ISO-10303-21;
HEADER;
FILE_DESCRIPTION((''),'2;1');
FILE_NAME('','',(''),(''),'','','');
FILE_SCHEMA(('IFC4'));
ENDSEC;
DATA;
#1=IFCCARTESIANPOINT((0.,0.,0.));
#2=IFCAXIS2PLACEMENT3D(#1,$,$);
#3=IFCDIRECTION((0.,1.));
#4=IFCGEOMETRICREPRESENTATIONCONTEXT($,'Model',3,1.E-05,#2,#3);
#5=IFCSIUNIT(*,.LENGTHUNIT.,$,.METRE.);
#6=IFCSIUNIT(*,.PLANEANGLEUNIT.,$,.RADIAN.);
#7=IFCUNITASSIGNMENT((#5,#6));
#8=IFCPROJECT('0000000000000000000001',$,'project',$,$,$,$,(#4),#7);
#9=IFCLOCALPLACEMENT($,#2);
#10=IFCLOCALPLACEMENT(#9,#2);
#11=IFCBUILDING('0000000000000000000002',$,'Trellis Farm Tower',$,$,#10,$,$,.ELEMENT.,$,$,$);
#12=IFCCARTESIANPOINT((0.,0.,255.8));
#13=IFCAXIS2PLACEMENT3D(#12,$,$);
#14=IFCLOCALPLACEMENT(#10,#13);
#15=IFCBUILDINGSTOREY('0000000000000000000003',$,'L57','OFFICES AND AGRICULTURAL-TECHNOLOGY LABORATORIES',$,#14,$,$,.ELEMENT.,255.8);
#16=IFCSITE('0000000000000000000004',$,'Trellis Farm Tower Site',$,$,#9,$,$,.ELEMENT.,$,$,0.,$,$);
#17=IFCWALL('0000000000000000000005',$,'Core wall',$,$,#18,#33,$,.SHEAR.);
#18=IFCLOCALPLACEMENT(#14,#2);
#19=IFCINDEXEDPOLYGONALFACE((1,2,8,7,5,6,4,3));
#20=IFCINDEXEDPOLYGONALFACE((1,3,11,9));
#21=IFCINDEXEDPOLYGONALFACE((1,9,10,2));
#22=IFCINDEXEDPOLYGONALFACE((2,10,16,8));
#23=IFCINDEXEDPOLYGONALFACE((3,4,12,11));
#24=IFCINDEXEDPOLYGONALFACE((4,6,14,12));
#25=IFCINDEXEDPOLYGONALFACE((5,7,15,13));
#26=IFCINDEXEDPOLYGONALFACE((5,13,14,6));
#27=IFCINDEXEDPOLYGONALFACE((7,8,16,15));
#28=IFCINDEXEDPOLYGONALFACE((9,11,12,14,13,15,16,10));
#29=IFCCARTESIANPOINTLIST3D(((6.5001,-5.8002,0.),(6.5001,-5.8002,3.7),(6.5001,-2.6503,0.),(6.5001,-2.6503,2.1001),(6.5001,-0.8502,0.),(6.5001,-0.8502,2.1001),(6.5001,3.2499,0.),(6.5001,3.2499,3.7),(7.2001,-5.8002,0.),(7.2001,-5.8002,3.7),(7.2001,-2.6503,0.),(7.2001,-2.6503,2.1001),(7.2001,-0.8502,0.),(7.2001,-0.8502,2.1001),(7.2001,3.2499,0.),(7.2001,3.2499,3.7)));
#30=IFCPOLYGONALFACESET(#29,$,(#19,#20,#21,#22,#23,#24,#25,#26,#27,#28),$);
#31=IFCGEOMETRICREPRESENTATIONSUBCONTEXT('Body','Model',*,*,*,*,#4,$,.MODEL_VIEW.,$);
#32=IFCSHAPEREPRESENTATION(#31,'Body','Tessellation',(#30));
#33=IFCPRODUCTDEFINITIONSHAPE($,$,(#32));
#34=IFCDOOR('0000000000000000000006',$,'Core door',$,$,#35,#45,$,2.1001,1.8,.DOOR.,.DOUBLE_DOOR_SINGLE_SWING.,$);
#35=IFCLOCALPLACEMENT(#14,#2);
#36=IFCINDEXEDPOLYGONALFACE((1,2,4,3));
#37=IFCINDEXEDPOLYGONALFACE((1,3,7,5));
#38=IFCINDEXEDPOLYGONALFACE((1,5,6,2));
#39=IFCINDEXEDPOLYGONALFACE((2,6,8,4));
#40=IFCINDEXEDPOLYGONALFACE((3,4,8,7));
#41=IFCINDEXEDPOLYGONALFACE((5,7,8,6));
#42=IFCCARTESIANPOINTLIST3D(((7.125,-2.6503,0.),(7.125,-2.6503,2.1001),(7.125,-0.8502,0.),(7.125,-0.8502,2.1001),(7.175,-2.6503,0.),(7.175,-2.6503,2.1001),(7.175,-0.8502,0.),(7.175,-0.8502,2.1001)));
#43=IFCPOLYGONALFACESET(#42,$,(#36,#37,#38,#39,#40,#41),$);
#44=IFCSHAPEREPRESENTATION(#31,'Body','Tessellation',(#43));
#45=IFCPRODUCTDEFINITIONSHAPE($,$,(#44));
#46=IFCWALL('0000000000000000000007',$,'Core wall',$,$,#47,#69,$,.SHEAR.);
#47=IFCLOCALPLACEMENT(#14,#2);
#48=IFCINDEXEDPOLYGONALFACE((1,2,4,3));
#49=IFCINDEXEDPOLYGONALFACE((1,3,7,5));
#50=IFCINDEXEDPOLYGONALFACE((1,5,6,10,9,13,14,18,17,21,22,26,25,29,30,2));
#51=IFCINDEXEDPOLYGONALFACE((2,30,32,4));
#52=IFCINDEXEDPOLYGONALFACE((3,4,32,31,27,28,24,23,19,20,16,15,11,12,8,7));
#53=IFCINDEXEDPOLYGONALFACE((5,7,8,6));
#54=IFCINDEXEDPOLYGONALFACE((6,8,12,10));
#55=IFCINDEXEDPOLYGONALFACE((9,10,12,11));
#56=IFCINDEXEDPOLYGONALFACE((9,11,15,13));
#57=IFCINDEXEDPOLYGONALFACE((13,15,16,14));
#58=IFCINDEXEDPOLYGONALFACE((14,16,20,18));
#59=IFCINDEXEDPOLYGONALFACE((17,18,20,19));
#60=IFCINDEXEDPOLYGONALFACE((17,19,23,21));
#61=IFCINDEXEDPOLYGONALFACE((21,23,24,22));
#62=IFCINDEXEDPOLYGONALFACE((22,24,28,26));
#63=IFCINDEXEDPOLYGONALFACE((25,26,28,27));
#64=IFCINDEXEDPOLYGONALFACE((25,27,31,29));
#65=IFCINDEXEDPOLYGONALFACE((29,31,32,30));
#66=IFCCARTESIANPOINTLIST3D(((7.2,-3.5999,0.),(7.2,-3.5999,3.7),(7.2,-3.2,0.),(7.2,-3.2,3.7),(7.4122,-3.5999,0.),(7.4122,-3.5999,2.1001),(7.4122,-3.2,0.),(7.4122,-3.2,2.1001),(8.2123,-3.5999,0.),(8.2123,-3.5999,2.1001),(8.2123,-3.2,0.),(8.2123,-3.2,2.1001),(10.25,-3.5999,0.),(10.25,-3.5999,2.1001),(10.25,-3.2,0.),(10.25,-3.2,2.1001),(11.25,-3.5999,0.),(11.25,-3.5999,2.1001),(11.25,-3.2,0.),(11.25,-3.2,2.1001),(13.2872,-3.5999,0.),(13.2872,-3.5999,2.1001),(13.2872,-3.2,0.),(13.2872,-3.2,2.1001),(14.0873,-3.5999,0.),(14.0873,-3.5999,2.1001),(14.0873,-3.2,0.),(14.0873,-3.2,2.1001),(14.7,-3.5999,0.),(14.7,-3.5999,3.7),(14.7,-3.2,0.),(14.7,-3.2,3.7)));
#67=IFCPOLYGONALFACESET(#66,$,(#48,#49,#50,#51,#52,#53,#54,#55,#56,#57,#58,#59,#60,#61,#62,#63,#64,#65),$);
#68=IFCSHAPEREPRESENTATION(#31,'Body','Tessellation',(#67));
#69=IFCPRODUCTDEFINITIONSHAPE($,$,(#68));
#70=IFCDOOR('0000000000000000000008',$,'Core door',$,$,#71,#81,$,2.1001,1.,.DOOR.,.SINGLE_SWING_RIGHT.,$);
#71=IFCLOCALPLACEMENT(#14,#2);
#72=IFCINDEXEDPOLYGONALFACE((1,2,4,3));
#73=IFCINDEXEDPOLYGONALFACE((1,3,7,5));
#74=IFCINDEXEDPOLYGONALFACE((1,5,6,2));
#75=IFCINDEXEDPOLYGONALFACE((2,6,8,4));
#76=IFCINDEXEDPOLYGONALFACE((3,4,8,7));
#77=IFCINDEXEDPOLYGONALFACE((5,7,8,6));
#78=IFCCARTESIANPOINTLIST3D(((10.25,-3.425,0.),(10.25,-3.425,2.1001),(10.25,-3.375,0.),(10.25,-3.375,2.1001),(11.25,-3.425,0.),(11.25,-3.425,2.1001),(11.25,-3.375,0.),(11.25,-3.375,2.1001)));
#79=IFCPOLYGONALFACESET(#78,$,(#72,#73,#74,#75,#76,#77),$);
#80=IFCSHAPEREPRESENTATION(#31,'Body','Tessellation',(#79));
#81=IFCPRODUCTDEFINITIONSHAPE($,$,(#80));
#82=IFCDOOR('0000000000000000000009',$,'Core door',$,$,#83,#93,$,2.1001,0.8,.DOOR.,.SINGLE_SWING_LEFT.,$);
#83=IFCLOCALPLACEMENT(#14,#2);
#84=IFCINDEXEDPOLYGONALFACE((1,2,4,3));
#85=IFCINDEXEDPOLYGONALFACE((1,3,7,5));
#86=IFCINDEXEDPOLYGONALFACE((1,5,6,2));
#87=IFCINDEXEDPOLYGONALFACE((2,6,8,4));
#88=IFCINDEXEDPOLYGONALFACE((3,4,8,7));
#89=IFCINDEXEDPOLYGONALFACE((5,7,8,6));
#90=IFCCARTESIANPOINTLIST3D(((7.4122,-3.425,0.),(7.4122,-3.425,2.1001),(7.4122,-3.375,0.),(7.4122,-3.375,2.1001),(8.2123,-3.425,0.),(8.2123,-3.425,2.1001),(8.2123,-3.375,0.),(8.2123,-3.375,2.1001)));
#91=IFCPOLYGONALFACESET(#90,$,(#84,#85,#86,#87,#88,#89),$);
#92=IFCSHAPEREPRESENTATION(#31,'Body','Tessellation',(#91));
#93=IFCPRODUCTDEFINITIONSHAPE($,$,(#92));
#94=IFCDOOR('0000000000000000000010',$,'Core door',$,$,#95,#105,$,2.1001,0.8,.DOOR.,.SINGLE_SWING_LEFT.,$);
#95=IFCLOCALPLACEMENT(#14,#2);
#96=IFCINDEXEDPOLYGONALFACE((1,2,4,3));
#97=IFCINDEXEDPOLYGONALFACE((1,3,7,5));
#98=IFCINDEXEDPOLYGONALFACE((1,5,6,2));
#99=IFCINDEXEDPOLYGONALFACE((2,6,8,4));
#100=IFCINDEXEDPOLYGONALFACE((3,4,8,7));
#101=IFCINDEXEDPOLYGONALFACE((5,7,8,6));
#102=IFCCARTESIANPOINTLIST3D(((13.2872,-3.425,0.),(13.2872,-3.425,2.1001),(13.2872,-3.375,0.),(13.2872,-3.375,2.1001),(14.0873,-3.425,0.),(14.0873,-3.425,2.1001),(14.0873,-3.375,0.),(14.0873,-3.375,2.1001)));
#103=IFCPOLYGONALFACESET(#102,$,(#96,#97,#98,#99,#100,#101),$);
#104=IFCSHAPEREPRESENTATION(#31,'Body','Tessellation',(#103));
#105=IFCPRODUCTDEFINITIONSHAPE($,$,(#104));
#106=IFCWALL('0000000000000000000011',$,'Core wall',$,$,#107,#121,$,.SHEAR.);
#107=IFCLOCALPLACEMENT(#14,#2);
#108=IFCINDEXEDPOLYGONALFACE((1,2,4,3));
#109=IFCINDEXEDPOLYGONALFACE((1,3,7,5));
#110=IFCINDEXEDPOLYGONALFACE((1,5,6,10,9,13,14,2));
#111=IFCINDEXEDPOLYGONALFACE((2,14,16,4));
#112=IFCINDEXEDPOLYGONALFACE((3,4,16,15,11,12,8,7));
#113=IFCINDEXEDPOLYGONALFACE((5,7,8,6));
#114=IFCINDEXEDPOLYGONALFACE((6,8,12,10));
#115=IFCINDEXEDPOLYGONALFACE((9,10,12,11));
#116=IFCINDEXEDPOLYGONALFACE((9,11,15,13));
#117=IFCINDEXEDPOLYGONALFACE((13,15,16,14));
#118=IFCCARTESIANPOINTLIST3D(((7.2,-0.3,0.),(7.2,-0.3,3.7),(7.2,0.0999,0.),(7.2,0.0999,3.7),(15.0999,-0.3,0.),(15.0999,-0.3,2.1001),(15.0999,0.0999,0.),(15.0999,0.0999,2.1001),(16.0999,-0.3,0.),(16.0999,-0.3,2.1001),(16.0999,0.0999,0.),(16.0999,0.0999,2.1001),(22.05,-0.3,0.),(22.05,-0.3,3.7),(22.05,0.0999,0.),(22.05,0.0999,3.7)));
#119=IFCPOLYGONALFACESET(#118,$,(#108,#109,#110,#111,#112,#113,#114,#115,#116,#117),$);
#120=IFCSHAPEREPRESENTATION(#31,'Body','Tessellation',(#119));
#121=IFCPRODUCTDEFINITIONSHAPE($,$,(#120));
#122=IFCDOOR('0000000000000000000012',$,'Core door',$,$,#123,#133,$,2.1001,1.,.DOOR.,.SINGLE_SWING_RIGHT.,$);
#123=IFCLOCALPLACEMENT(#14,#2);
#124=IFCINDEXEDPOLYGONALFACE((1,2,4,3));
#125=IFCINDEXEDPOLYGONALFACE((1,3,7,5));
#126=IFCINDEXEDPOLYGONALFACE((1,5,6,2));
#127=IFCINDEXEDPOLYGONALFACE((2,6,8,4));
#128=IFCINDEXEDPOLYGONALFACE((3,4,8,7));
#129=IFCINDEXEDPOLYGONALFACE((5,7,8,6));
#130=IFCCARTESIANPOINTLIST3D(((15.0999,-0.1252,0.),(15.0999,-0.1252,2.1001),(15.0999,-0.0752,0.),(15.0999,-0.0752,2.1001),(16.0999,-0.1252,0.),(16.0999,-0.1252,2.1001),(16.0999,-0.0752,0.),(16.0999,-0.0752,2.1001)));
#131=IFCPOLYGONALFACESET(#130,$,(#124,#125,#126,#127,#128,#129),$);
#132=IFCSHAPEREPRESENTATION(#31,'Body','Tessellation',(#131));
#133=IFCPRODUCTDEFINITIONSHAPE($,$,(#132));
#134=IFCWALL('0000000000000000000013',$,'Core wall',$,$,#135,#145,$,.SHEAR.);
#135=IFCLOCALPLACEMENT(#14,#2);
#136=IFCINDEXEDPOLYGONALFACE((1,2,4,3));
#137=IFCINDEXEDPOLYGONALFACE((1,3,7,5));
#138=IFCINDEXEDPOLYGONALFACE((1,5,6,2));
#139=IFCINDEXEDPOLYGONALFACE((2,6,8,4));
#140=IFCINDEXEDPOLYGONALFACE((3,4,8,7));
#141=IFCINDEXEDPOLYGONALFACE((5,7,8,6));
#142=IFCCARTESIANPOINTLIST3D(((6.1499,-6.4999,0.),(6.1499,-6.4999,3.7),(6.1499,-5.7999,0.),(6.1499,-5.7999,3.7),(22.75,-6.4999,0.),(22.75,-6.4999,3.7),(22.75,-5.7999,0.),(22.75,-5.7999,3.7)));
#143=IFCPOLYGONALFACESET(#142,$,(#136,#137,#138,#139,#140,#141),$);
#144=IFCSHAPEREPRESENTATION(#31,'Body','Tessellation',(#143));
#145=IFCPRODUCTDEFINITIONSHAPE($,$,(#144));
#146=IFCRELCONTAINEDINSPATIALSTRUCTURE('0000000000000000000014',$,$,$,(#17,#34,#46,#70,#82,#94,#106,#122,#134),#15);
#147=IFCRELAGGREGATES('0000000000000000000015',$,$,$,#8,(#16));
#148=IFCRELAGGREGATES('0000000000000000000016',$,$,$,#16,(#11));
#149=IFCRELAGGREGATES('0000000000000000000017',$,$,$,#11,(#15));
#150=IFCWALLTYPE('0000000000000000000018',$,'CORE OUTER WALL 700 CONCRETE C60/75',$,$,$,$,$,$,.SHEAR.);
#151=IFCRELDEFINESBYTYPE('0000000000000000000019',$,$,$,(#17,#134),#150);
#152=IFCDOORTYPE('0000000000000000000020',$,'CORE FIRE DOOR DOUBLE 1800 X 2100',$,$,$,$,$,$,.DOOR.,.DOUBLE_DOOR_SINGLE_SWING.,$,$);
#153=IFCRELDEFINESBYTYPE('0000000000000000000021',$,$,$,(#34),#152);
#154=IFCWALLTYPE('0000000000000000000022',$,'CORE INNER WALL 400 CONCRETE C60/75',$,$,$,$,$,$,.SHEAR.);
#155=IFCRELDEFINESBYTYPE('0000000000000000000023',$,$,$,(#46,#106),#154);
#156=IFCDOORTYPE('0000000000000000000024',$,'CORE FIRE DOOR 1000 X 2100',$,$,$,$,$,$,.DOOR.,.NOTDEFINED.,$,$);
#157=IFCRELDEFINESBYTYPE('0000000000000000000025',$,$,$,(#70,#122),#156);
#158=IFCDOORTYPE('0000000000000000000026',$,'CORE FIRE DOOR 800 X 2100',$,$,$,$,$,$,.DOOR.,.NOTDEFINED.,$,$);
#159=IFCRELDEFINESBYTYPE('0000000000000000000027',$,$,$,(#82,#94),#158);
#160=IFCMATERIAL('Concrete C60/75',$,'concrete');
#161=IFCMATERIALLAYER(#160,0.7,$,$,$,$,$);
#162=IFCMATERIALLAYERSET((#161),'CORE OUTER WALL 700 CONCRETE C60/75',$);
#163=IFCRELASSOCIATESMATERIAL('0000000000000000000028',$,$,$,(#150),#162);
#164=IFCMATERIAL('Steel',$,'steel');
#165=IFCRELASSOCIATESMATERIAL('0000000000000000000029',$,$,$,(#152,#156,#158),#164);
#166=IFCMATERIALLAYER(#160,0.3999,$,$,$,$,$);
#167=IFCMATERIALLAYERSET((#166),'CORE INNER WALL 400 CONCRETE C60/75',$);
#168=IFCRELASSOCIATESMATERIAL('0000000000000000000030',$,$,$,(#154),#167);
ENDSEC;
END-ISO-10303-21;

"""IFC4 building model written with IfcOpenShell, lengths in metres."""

from ifc_helpers import new_model, si_unit, direction, frame, frame_2d, origin, place, context, subcontext, project, spatial, rectangle, extrude, source, transform, mapped, material, layer, layer_set, type_object, element, fill, save


model = new_model("IFC4")

# Units and contexts
model_context = context("Model", 3, precision=1e-05, world=origin(), true_north=direction((0.0, 1.0)))
body_context = subcontext(model_context, "Body", "Model", "MODEL_VIEW")
ifc_project = project(units=[si_unit("LENGTHUNIT", "METRE"), si_unit("PLANEANGLEUNIT", "RADIAN")], contexts=[model_context])

# Site, building, storey
site_placement = place(None, origin())
site = spatial("IfcSite", under=ifc_project, at=site_placement, Name="Trellis Farm Tower Site", CompositionType="ELEMENT", RefElevation=0.0)
building_placement = place(site_placement, origin())
building = spatial("IfcBuilding", under=site, at=building_placement, Name="Trellis Farm Tower", CompositionType="ELEMENT")
storey_placement = place(building_placement, frame((0.0, 0.0, 255.8)))
storey = spatial("IfcBuildingStorey", under=building, at=storey_placement, Name="L57", Description="OFFICES AND AGRICULTURAL-TECHNOLOGY LABORATORIES", CompositionType="ELEMENT", Elevation=255.8)

# Shared definitions
ifc_material_1 = material(Name="Concrete C60/75", Category="concrete")

# Wall, opening, door
ifc_layer_1 = layer(ifc_material_1, 0.7)
ifc_layer_set_1 = layer_set([ifc_layer_1], Name="CORE OUTER WALL 700 CONCRETE C60/75")
wall_type_1 = type_object("IfcWallType", Name="CORE OUTER WALL 700 CONCRETE C60/75", PredefinedType="SHEAR", material=ifc_layer_set_1)
shared_shape_1 = source(origin(), body_context, "Body", "SweptSolid", [
    extrude(rectangle(XDim=9.05, YDim=0.7, at=frame_2d((4.5249, 0.0))), origin(), (0.0, 0.0, 1.0), 3.7),
])
wall_1_placement = place(storey_placement, frame((6.8501, -5.8, 0.0), z_axis=(0.0, 0.0, 1.0), x_axis=(0.0, 1.0, 0.0)))
wall_1 = element("IfcWall", 1, at=wall_1_placement, inside=storey, type_object=wall_type_1, Name="Core wall", PredefinedType="SHEAR", context=body_context, shape_type="MappedRepresentation", body=[
    mapped(shared_shape_1, transform((0.0, 0.0, 0.0))),
])
shared_shape_2 = source(origin(), body_context, "Body", "SweptSolid", [
    extrude(rectangle(XDim=1.8, YDim=2.1001, at=frame_2d((0.8999, 1.05))), frame((0.0, 0.3601, 0.0), z_axis=(0.0, -1.0, 0.0), x_axis=(1.0, 0.0, 0.0)), (0.0, 0.0, 1.0), 0.7202),
])
opening_1_placement = place(wall_1_placement, frame((3.1499, 0.0, 0.0)))
opening_1 = element("IfcOpeningElement", 2, at=opening_1_placement, cuts=wall_1, PredefinedType="OPENING", context=body_context, shape_type="MappedRepresentation", body=[
    mapped(shared_shape_2, transform((0.0, 0.0, 0.0))),
])
ifc_material_2 = material(Name="Steel", Category="steel")
door_type_1 = type_object("IfcDoorType", Name="CORE FIRE DOOR DOUBLE 1800 X 2100", OperationType="DOUBLE_DOOR_SINGLE_SWING", PredefinedType="DOOR", material=ifc_material_2)
shared_shape_3 = source(origin(), body_context, "Body", "SweptSolid", [
    extrude(rectangle(XDim=1.8, YDim=2.1001, at=frame_2d((0.8999, 1.05))), frame((0.0, -0.2749, 0.0), z_axis=(0.0, -1.0, 0.0), x_axis=(1.0, 0.0, 0.0)), (0.0, 0.0, 1.0), 0.05),
])
door_1_placement = place(opening_1_placement, origin())
door_1 = element("IfcDoor", 3, at=door_1_placement, inside=storey, type_object=door_type_1, Name="Core door", OperationType="DOUBLE_DOOR_SINGLE_SWING", OverallHeight=2.1001, OverallWidth=1.8, PredefinedType="DOOR", context=body_context, shape_type="MappedRepresentation", body=[
    mapped(shared_shape_3, transform((0.0, 0.0, 0.0))),
])
fill(opening_1, door_1)

# Wall, openings, doors
ifc_layer_2 = layer(ifc_material_1, 0.3999)
ifc_layer_set_2 = layer_set([ifc_layer_2], Name="CORE INNER WALL 400 CONCRETE C60/75")
wall_type_2 = type_object("IfcWallType", Name="CORE INNER WALL 400 CONCRETE C60/75", PredefinedType="SHEAR", material=ifc_layer_set_2)
shared_shape_4 = source(origin(), body_context, "Body", "SweptSolid", [
    extrude(rectangle(XDim=7.5, YDim=0.3999, at=frame_2d((3.75, 0.0))), origin(), (0.0, 0.0, 1.0), 3.7),
])
wall_2_placement = place(storey_placement, frame((7.2, -3.3999, 0.0), z_axis=(0.0, 0.0, 1.0), x_axis=(1.0, 0.0, 0.0)))
wall_2 = element("IfcWall", 4, at=wall_2_placement, inside=storey, type_object=wall_type_2, Name="Core wall", PredefinedType="SHEAR", context=body_context, shape_type="MappedRepresentation", body=[
    mapped(shared_shape_4, transform((0.0, 0.0, 0.0))),
])
shared_shape_5 = source(origin(), body_context, "Body", "SweptSolid", [
    extrude(rectangle(XDim=0.8, YDim=2.1001, at=frame_2d((0.3999, 1.05))), frame((0.0, 0.21, 0.0), z_axis=(0.0, -1.0, 0.0), x_axis=(1.0, 0.0, 0.0)), (0.0, 0.0, 1.0), 0.4199),
])
opening_2_placement = place(wall_2_placement, frame((0.2124, 0.0, 0.0)))
opening_2 = element("IfcOpeningElement", 5, at=opening_2_placement, cuts=wall_2, PredefinedType="OPENING", context=body_context, shape_type="MappedRepresentation", body=[
    mapped(shared_shape_5, transform((0.0, 0.0, 0.0))),
])
shared_shape_6 = source(origin(), body_context, "Body", "SweptSolid", [
    extrude(rectangle(XDim=1.0, YDim=2.1001, at=frame_2d((0.5, 1.05))), frame((0.0, 0.21, 0.0), z_axis=(0.0, -1.0, 0.0), x_axis=(1.0, 0.0, 0.0)), (0.0, 0.0, 1.0), 0.4199),
])
opening_3_placement = place(wall_2_placement, frame((3.05, 0.0, 0.0)))
opening_3 = element("IfcOpeningElement", 6, at=opening_3_placement, cuts=wall_2, PredefinedType="OPENING", context=body_context, shape_type="MappedRepresentation", body=[
    mapped(shared_shape_6, transform((0.0, 0.0, 0.0))),
])
opening_4_placement = place(wall_2_placement, frame((6.0874, 0.0, 0.0)))
opening_4 = element("IfcOpeningElement", 7, at=opening_4_placement, cuts=wall_2, PredefinedType="OPENING", context=body_context, shape_type="MappedRepresentation", body=[
    mapped(shared_shape_5, transform((0.0, 0.0, 0.0))),
])
door_type_2 = type_object("IfcDoorType", Name="CORE FIRE DOOR 1000 X 2100", OperationType="NOTDEFINED", PredefinedType="DOOR", material=ifc_material_2)
shared_shape_7 = source(origin(), body_context, "Body", "SweptSolid", [
    extrude(rectangle(XDim=1.0, YDim=2.1001, at=frame_2d((0.5, 1.05))), frame((0.0, 0.0249, 0.0), z_axis=(0.0, -1.0, 0.0), x_axis=(1.0, 0.0, 0.0)), (0.0, 0.0, 1.0), 0.05),
])
door_2_placement = place(opening_3_placement, origin())
door_2 = element("IfcDoor", 8, at=door_2_placement, inside=storey, type_object=door_type_2, Name="Core door", OperationType="SINGLE_SWING_RIGHT", OverallHeight=2.1001, OverallWidth=1.0, PredefinedType="DOOR", context=body_context, shape_type="MappedRepresentation", body=[
    mapped(shared_shape_7, transform((0.0, 0.0, 0.0))),
])
fill(opening_3, door_2)
door_type_3 = type_object("IfcDoorType", Name="CORE FIRE DOOR 800 X 2100", OperationType="NOTDEFINED", PredefinedType="DOOR", material=ifc_material_2)
shared_shape_8 = source(origin(), body_context, "Body", "SweptSolid", [
    extrude(rectangle(XDim=0.8, YDim=2.1001, at=frame_2d((0.3999, 1.05))), frame((0.0, 0.0249, 0.0), z_axis=(0.0, -1.0, 0.0), x_axis=(1.0, 0.0, 0.0)), (0.0, 0.0, 1.0), 0.05),
])
door_3_placement = place(opening_2_placement, origin())
door_3 = element("IfcDoor", 9, at=door_3_placement, inside=storey, type_object=door_type_3, Name="Core door", OperationType="SINGLE_SWING_LEFT", OverallHeight=2.1001, OverallWidth=0.8, PredefinedType="DOOR", context=body_context, shape_type="MappedRepresentation", body=[
    mapped(shared_shape_8, transform((0.0, 0.0, 0.0))),
])
fill(opening_2, door_3)
door_4_placement = place(opening_4_placement, origin())
door_4 = element("IfcDoor", 10, at=door_4_placement, inside=storey, type_object=door_type_3, Name="Core door", OperationType="SINGLE_SWING_LEFT", OverallHeight=2.1001, OverallWidth=0.8, PredefinedType="DOOR", context=body_context, shape_type="MappedRepresentation", body=[
    mapped(shared_shape_8, transform((0.0, 0.0, 0.0))),
])
fill(opening_4, door_4)

# Wall, opening, door
shared_shape_9 = source(origin(), body_context, "Body", "SweptSolid", [
    extrude(rectangle(XDim=14.8501, YDim=0.3999, at=frame_2d((7.425, 0.0))), origin(), (0.0, 0.0, 1.0), 3.7),
])
wall_3_placement = place(storey_placement, frame((7.2, -0.1001, 0.0), z_axis=(0.0, 0.0, 1.0), x_axis=(1.0, 0.0, 0.0)))
wall_3 = element("IfcWall", 11, at=wall_3_placement, inside=storey, type_object=wall_type_2, Name="Core wall", PredefinedType="SHEAR", context=body_context, shape_type="MappedRepresentation", body=[
    mapped(shared_shape_9, transform((0.0, 0.0, 0.0))),
])
opening_5_placement = place(wall_3_placement, frame((7.8999, 0.0, 0.0)))
opening_5 = element("IfcOpeningElement", 12, at=opening_5_placement, cuts=wall_3, PredefinedType="OPENING", context=body_context, shape_type="MappedRepresentation", body=[
    mapped(shared_shape_6, transform((0.0, 0.0, 0.0))),
])
door_5_placement = place(opening_5_placement, origin())
door_5 = element("IfcDoor", 13, at=door_5_placement, inside=storey, type_object=door_type_2, Name="Core door", OperationType="SINGLE_SWING_RIGHT", OverallHeight=2.1001, OverallWidth=1.0, PredefinedType="DOOR", context=body_context, shape_type="MappedRepresentation", body=[
    mapped(shared_shape_7, transform((0.0, 0.0, 0.0))),
])
fill(opening_5, door_5)

# Wall
shared_shape_10 = source(origin(), body_context, "Body", "SweptSolid", [
    extrude(rectangle(XDim=16.6001, YDim=0.7, at=frame_2d((8.3, 0.0))), origin(), (0.0, 0.0, 1.0), 3.7),
])
wall_4_placement = place(storey_placement, frame((6.1499, -6.1499, 0.0), z_axis=(0.0, 0.0, 1.0), x_axis=(1.0, 0.0, 0.0)))
element("IfcWall", 14, at=wall_4_placement, inside=storey, type_object=wall_type_1, Name="Core wall", PredefinedType="SHEAR", context=body_context, shape_type="MappedRepresentation", body=[
    mapped(shared_shape_10, transform((0.0, 0.0, 0.0))),
])

save(model, "model.ifc")
